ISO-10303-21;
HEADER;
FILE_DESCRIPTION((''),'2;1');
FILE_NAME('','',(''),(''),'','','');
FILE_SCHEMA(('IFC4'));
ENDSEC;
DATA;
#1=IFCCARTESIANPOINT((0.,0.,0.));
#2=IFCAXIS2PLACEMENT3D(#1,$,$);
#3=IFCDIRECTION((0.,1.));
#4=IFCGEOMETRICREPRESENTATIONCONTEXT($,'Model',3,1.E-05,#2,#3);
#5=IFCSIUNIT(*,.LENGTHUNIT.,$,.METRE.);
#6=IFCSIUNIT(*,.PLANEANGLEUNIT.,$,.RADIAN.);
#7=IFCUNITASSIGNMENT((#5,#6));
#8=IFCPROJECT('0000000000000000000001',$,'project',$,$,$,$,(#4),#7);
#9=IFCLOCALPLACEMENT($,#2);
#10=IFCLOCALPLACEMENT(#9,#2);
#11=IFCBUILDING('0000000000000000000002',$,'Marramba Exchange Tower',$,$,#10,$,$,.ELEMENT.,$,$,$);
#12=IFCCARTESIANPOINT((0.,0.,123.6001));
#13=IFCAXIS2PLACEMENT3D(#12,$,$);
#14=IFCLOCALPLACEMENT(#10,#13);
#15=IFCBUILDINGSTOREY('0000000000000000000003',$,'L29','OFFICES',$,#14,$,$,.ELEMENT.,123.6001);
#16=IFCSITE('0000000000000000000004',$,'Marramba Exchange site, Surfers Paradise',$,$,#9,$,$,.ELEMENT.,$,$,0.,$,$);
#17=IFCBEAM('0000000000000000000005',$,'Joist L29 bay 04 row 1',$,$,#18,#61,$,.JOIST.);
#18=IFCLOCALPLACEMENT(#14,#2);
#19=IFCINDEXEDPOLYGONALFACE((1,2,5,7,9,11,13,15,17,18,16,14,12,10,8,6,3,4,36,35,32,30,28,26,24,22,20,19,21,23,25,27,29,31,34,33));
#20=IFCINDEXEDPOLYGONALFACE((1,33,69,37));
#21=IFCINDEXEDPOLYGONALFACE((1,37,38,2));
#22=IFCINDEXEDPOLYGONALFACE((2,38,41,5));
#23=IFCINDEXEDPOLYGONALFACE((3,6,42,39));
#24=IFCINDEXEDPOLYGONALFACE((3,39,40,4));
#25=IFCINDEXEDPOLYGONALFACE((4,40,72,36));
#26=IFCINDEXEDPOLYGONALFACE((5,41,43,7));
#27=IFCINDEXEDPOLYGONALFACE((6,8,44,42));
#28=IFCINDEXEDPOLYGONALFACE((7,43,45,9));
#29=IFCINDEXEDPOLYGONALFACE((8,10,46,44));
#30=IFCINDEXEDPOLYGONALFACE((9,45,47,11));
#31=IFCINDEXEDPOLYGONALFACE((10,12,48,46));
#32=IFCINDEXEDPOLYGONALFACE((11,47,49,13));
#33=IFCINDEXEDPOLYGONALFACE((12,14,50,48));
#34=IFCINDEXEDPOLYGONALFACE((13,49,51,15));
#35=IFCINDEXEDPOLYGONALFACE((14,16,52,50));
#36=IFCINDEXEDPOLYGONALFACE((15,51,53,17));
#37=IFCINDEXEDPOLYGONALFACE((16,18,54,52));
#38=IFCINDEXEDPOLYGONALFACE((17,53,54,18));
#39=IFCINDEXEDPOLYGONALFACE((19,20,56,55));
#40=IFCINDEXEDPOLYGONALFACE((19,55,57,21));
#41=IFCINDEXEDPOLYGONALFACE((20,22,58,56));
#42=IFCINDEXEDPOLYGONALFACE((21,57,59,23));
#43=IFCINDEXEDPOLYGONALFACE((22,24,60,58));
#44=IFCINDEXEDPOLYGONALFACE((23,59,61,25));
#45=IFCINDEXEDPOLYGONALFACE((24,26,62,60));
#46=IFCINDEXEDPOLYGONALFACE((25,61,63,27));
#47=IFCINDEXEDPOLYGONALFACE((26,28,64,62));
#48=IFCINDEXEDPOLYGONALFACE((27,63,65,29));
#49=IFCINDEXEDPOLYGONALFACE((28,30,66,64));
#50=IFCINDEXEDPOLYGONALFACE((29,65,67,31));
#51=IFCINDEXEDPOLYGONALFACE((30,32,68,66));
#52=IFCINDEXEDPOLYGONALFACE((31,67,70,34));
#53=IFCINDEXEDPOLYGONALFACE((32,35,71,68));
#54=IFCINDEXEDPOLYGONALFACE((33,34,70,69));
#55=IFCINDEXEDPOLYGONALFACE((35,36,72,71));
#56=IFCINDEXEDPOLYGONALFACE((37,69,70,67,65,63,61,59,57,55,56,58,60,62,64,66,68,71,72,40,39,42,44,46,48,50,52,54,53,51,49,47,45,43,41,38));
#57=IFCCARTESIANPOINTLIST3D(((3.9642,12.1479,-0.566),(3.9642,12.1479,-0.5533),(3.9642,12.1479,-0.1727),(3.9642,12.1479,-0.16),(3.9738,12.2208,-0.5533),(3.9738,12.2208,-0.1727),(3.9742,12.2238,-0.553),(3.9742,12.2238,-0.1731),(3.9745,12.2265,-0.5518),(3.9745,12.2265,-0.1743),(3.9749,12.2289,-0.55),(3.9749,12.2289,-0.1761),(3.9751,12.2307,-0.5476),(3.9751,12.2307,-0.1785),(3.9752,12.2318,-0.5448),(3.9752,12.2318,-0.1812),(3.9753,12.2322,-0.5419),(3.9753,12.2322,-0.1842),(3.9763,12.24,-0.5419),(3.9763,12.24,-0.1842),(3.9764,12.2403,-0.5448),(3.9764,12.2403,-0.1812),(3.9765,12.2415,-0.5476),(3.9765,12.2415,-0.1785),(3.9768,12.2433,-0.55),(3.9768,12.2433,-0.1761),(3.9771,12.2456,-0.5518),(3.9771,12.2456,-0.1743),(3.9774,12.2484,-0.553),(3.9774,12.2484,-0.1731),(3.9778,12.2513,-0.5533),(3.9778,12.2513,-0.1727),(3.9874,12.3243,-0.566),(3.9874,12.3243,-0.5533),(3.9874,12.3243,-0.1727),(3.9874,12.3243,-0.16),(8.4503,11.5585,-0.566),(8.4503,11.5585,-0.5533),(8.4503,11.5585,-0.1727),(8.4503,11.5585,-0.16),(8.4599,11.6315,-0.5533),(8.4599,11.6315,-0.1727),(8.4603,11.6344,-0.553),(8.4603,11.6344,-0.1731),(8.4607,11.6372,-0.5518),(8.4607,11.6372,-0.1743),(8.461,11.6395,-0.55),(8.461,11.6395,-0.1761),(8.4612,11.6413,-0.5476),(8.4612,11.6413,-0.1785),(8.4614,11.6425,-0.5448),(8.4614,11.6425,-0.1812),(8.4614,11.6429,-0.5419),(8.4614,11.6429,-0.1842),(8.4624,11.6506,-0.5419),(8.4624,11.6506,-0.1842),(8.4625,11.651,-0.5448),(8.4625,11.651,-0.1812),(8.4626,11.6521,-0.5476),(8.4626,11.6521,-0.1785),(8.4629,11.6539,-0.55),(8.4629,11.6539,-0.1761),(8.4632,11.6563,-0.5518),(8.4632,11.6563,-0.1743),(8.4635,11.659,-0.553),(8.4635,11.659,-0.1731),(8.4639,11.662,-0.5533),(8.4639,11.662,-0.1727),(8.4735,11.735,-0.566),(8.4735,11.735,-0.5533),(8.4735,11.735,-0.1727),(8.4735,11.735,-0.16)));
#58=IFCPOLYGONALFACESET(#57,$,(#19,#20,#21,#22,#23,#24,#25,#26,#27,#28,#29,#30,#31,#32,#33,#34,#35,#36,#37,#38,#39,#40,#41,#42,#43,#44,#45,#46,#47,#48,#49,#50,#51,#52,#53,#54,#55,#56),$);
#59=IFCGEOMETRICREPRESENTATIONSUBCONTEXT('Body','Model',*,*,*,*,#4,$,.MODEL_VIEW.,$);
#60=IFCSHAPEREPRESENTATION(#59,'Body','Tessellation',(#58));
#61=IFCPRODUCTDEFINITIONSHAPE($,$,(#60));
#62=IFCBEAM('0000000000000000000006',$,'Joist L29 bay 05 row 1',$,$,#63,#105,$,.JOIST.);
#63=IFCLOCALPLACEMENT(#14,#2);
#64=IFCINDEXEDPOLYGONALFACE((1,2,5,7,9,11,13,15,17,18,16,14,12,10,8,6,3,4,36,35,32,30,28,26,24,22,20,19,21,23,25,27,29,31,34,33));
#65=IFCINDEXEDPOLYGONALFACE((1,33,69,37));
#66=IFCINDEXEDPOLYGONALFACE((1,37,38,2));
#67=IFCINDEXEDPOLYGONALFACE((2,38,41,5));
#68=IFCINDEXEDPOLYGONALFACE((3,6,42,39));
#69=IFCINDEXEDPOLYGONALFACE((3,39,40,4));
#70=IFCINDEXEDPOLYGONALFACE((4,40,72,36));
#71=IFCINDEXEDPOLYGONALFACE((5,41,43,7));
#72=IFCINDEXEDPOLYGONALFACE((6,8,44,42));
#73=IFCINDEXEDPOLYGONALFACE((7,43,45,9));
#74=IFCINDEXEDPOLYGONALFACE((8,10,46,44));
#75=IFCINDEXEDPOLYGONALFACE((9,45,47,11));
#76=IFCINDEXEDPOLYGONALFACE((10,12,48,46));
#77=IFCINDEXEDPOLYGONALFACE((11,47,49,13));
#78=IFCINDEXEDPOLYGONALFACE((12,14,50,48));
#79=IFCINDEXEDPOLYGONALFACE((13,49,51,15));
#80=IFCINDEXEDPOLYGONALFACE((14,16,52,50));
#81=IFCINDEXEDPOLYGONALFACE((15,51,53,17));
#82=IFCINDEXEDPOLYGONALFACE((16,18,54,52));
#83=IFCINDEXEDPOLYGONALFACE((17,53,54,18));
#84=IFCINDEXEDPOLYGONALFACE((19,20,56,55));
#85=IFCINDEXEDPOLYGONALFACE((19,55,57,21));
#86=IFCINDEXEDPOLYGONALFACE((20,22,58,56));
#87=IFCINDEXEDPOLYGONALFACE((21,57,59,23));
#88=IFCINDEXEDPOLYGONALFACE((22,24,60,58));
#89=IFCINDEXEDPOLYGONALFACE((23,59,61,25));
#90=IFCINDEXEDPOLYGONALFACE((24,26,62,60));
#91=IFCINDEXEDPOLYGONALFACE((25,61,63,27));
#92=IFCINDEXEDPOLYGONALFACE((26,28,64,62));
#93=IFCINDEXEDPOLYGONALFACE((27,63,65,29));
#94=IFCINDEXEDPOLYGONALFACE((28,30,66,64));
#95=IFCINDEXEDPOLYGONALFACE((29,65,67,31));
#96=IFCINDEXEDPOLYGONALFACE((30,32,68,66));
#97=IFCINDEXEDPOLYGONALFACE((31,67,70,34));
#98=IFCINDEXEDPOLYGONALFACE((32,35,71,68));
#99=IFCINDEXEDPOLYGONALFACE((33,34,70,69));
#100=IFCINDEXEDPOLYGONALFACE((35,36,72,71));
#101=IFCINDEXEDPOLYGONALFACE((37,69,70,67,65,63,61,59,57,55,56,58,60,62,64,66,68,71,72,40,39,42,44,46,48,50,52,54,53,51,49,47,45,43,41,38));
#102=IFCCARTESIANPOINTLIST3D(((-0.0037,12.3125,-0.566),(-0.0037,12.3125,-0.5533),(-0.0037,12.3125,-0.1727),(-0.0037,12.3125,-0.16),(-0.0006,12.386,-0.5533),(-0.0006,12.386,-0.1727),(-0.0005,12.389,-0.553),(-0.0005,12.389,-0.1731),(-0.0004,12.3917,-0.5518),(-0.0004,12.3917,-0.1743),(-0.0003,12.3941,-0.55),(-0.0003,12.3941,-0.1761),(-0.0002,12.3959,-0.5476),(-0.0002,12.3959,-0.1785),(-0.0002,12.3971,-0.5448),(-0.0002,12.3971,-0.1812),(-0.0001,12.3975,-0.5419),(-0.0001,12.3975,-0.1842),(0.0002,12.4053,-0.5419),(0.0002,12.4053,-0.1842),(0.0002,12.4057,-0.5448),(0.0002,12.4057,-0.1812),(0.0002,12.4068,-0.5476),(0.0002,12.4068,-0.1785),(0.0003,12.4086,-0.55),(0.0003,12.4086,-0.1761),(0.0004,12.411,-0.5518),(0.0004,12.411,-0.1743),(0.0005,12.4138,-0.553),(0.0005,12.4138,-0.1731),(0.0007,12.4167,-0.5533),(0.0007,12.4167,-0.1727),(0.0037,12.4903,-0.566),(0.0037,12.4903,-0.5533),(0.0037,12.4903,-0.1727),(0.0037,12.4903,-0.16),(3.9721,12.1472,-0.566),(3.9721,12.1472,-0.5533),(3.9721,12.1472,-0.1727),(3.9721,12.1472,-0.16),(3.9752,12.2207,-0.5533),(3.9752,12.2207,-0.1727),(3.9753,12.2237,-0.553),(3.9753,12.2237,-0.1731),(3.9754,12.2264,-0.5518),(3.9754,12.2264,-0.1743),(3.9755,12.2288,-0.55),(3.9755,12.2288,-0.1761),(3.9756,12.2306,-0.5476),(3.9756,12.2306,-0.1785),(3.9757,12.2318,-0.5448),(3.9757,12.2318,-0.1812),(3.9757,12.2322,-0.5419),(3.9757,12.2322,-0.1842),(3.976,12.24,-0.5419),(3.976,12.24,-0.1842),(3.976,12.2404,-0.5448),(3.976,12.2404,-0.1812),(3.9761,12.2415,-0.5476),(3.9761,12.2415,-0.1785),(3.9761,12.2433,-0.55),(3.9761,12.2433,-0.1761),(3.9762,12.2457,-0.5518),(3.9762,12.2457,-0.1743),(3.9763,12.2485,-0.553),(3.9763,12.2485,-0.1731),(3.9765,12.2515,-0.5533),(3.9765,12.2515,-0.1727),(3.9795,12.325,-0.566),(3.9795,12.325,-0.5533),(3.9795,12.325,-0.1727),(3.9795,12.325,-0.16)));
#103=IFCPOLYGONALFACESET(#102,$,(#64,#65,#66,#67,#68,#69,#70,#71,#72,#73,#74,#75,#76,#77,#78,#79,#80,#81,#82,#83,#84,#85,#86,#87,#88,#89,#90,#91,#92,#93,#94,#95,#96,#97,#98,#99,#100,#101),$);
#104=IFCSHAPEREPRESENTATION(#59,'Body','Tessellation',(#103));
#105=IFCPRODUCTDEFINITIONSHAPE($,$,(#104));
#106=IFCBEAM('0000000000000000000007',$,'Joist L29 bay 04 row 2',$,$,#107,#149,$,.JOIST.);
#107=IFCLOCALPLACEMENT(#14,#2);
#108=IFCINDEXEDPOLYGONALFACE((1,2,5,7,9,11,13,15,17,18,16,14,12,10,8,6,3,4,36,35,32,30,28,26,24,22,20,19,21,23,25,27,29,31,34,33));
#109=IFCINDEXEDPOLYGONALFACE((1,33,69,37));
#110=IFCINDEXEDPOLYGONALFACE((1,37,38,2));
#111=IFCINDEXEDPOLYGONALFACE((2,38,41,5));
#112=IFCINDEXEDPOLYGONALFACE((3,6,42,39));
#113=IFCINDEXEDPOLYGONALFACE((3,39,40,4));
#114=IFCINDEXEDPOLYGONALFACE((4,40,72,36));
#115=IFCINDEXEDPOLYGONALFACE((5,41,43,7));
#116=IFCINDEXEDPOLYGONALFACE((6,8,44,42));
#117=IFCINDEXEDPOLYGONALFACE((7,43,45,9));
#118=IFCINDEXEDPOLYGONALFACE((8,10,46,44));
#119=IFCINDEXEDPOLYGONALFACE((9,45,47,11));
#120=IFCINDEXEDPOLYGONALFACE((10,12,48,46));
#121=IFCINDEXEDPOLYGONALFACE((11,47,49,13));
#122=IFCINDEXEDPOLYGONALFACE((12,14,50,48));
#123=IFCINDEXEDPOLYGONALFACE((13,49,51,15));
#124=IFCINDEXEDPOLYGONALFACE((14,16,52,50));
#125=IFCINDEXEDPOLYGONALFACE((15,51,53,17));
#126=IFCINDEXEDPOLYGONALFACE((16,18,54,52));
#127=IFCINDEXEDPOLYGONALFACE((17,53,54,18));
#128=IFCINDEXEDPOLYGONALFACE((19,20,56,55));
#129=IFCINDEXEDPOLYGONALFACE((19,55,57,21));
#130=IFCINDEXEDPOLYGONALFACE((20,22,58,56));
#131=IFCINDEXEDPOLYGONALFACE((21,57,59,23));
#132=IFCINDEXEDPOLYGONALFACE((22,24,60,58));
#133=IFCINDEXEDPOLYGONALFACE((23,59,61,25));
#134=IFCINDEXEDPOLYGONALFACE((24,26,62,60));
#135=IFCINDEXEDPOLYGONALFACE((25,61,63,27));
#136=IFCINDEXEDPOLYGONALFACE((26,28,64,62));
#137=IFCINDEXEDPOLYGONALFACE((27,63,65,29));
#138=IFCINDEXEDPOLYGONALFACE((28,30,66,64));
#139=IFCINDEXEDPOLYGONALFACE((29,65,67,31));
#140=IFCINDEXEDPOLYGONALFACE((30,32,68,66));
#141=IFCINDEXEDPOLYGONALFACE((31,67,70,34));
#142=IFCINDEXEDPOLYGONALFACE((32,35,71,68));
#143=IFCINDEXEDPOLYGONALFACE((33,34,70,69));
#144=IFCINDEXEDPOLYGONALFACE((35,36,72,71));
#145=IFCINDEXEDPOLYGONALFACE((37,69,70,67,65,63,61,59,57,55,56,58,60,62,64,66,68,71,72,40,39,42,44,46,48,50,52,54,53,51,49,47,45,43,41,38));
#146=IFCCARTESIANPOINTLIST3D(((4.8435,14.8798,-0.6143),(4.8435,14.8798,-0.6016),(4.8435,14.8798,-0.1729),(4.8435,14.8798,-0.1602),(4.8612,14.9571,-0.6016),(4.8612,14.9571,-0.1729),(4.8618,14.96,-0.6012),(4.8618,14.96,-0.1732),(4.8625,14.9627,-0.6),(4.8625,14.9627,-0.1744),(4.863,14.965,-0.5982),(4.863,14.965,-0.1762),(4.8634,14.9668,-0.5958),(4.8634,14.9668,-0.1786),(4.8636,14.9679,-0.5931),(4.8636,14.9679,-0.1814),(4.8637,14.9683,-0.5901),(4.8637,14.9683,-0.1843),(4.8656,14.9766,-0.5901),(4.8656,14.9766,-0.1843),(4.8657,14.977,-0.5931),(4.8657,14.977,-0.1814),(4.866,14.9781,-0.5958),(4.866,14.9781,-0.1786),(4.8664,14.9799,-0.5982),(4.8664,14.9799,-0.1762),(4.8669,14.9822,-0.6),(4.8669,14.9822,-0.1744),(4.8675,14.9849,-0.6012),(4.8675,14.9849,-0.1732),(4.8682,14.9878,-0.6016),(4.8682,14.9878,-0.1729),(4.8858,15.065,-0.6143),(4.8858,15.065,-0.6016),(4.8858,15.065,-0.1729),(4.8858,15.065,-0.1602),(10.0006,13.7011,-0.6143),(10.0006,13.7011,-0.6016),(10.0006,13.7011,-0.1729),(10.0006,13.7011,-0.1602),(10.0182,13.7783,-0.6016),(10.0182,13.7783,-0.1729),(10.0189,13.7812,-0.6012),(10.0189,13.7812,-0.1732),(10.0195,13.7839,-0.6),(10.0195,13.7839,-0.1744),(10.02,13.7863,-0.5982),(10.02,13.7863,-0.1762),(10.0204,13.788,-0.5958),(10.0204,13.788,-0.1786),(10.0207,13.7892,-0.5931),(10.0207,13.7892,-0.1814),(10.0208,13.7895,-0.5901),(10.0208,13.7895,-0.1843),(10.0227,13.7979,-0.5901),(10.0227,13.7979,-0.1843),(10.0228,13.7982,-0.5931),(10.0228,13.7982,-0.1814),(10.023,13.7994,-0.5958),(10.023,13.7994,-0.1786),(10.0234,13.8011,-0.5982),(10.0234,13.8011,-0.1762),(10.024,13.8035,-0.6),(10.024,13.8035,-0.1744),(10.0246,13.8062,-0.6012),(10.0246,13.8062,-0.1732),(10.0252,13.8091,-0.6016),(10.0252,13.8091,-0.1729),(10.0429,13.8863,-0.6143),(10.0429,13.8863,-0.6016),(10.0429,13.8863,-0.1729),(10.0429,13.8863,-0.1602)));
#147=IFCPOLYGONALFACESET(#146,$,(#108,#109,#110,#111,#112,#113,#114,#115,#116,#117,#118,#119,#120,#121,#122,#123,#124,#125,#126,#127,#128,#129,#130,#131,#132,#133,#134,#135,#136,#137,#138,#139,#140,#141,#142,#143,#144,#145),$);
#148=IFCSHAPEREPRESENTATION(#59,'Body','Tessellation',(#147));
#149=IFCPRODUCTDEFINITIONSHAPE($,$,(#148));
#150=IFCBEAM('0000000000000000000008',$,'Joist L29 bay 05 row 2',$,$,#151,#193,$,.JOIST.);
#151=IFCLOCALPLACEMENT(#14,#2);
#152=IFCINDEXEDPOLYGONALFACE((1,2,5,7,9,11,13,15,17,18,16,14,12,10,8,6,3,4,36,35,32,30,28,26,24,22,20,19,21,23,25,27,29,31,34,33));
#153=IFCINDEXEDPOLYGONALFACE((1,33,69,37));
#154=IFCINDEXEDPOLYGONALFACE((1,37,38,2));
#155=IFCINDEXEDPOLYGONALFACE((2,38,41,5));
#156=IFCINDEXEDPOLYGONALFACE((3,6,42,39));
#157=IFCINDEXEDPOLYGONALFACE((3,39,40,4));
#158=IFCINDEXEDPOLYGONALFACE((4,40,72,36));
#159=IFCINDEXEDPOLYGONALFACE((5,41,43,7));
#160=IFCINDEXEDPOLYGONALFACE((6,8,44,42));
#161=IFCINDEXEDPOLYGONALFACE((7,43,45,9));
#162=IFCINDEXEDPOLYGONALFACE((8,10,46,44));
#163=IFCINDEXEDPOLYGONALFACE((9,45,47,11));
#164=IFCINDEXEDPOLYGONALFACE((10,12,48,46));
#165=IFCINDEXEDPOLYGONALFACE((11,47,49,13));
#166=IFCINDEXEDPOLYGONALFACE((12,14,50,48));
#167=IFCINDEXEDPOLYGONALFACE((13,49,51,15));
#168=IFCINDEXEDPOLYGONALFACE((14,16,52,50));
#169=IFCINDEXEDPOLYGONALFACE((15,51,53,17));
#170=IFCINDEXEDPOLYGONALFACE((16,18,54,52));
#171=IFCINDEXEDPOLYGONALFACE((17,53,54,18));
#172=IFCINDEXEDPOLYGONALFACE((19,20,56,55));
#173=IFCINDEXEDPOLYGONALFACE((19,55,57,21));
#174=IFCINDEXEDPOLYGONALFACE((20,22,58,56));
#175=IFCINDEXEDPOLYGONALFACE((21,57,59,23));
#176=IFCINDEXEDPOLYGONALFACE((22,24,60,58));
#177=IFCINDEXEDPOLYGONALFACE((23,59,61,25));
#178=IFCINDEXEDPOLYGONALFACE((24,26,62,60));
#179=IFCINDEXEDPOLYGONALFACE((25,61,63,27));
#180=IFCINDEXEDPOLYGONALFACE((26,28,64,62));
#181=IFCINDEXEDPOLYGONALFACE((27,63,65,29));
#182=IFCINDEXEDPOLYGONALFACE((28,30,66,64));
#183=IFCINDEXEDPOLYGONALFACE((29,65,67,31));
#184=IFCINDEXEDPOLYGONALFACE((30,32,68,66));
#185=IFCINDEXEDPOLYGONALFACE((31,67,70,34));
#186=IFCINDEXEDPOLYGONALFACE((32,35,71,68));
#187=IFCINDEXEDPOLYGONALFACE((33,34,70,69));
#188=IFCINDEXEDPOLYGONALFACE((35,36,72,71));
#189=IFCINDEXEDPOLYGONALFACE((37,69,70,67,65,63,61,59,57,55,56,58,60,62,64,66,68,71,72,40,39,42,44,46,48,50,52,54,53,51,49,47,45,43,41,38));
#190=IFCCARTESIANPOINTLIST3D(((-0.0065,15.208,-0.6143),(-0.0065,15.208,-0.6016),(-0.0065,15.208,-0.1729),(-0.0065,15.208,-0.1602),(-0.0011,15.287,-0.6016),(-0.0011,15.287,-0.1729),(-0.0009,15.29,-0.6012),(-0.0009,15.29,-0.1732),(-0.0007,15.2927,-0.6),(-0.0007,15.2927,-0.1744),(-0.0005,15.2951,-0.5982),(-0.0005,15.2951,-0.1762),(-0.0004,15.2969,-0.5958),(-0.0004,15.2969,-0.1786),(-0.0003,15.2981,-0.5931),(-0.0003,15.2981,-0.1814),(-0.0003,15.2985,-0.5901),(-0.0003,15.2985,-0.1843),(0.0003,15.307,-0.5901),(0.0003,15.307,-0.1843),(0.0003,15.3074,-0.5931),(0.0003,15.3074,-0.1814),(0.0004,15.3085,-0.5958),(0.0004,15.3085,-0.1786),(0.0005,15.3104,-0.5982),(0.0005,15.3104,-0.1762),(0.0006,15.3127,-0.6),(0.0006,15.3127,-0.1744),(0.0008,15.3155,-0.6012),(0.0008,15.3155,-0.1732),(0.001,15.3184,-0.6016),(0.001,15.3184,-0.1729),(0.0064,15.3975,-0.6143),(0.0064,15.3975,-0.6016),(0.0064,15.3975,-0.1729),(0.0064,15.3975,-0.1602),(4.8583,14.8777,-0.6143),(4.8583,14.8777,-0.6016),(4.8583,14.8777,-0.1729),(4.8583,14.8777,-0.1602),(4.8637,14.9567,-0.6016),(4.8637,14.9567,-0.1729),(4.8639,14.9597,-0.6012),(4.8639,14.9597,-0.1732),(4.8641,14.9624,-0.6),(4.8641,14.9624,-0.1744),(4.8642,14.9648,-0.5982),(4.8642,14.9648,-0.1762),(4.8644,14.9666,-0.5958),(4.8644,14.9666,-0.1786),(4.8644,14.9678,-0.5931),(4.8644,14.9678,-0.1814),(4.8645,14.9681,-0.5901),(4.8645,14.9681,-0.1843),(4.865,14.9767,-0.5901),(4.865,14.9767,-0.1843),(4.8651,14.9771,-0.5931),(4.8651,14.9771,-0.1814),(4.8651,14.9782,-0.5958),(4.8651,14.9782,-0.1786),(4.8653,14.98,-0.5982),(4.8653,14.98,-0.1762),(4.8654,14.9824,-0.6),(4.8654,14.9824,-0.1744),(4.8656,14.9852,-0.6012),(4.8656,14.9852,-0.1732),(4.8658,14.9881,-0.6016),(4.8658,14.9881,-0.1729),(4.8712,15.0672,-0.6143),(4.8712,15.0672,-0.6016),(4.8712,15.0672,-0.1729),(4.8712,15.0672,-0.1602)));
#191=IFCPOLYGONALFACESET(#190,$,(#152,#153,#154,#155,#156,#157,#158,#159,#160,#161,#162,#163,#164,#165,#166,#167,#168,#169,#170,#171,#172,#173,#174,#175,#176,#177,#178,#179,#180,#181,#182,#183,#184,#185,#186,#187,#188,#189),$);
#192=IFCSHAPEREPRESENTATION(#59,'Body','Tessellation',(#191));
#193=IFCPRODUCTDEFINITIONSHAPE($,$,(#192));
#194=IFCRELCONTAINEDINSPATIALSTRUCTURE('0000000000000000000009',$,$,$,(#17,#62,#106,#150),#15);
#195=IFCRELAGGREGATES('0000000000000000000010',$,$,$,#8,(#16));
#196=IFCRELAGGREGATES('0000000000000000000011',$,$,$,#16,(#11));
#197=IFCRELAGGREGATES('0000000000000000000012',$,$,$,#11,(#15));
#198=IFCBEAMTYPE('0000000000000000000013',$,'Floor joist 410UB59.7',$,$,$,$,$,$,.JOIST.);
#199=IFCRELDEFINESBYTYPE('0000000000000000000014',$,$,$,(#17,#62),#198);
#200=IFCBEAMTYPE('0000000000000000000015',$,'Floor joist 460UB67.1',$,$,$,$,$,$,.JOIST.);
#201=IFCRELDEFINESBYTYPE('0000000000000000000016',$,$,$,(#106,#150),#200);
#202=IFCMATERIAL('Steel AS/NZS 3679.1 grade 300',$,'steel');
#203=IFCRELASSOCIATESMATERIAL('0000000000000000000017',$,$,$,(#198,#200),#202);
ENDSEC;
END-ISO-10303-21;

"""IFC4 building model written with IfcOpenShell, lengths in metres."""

from ifc_helpers import new_model, si_unit, direction, frame, origin, origin_2d, place, context, subcontext, project, spatial, i_section, extrude, material, material_profile, profile_set, type_object, element, save


model = new_model("IFC4")

# Units and contexts
model_context = context("Model", 3, precision=1e-05, world=origin(), true_north=direction((0.0, 1.0)))
body_context = subcontext(model_context, "Body", "Model", "MODEL_VIEW")
ifc_project = project(units=[si_unit("LENGTHUNIT", "METRE"), si_unit("PLANEANGLEUNIT", "RADIAN")], contexts=[model_context])

# Site, building, storey
site_placement = place(None, origin())
site = spatial("IfcSite", under=ifc_project, at=site_placement, Name="Marramba Exchange site, Surfers Paradise", CompositionType="ELEMENT", RefElevation=0.0)
building_placement = place(site_placement, origin())
building = spatial("IfcBuilding", under=site, at=building_placement, Name="Marramba Exchange Tower", CompositionType="ELEMENT")
storey_placement = place(building_placement, frame((0.0, 0.0, 123.6001)))
storey = spatial("IfcBuildingStorey", under=building, at=storey_placement, Name="L29", Description="OFFICES", CompositionType="ELEMENT", Elevation=123.6001)

# Beams
ifc_material_1 = material(Name="Steel AS/NZS 3679.1 grade 300", Category="steel")
ifc_material_profile_1 = material_profile(ifc_material_1, i_section(OverallWidth=0.178, OverallDepth=0.406, WebThickness=0.0078, FlangeThickness=0.0127, FilletRadius=0.0115, at=origin_2d()), Name="410UB59.7")
ifc_profile_set_1 = profile_set([ifc_material_profile_1], Name="Steel AS/NZS 3679.1 grade 300")
beam_type_1 = type_object("IfcBeamType", Name="Floor joist 410UB59.7", PredefinedType="JOIST", material=ifc_profile_set_1)
beam_1_placement = place(storey_placement, frame((8.4619, 11.6467, -0.363), z_axis=(-0.991481, 0.130255, 0.0), x_axis=(-0.130255, -0.991481, 0.0)))
element("IfcBeam", 1, at=beam_1_placement, inside=storey, type_object=beam_type_1, Name="Joist L29 bay 04 row 1", PredefinedType="JOIST", context=body_context, shape_type="SweptSolid", body=[
    extrude(i_section(OverallWidth=0.178, OverallDepth=0.406, WebThickness=0.0078, FlangeThickness=0.0127, FilletRadius=0.0115, at=origin_2d()), origin(), (0.0, 0.0, 1.0), 4.5247),
])
beam_2_placement = place(storey_placement, frame((3.9758, 12.2361, -0.363), z_axis=(-0.999137, 0.041536, 0.0), x_axis=(-0.041536, -0.999137, 0.0)))
element("IfcBeam", 2, at=beam_2_placement, inside=storey, type_object=beam_type_1, Name="Joist L29 bay 05 row 1", PredefinedType="JOIST", context=body_context, shape_type="SweptSolid", body=[
    extrude(i_section(OverallWidth=0.178, OverallDepth=0.406, WebThickness=0.0078, FlangeThickness=0.0127, FilletRadius=0.0115, at=origin_2d()), origin(), (0.0, 0.0, 1.0), 3.9792),
])
ifc_material_profile_2 = material_profile(ifc_material_1, i_section(OverallWidth=0.1899, OverallDepth=0.4541, WebThickness=0.0085, FlangeThickness=0.0127, FilletRadius=0.0115, at=origin_2d()), Name="460UB67.1")
ifc_profile_set_2 = profile_set([ifc_material_profile_2], Name="Steel AS/NZS 3679.1 grade 300")
beam_type_2 = type_object("IfcBeamType", Name="Floor joist 460UB67.1", PredefinedType="JOIST", material=ifc_profile_set_2)
beam_3_placement = place(storey_placement, frame((10.0217, 13.7937, -0.3872), z_axis=(-0.97486, 0.22282, 0.0), x_axis=(-0.22282, -0.97486, 0.0)))
element("IfcBeam", 3, at=beam_3_placement, inside=storey, type_object=beam_type_2, Name="Joist L29 bay 04 row 2", PredefinedType="JOIST", context=body_context, shape_type="SweptSolid", body=[
    extrude(i_section(OverallWidth=0.1899, OverallDepth=0.4541, WebThickness=0.0085, FlangeThickness=0.0127, FilletRadius=0.0115, at=origin_2d()), origin(), (0.0, 0.0, 1.0), 5.29),
])
beam_4_placement = place(storey_placement, frame((4.8647, 14.9724, -0.3872), z_axis=(-0.997703, 0.067745, 0.0), x_axis=(-0.067745, -0.997703, 0.0)))
element("IfcBeam", 4, at=beam_4_placement, inside=storey, type_object=beam_type_2, Name="Joist L29 bay 05 row 2", PredefinedType="JOIST", context=body_context, shape_type="SweptSolid", body=[
    extrude(i_section(OverallWidth=0.1899, OverallDepth=0.4541, WebThickness=0.0085, FlangeThickness=0.0127, FilletRadius=0.0115, at=origin_2d()), origin(), (0.0, 0.0, 1.0), 4.876),
])

save(model, "model.ifc")
